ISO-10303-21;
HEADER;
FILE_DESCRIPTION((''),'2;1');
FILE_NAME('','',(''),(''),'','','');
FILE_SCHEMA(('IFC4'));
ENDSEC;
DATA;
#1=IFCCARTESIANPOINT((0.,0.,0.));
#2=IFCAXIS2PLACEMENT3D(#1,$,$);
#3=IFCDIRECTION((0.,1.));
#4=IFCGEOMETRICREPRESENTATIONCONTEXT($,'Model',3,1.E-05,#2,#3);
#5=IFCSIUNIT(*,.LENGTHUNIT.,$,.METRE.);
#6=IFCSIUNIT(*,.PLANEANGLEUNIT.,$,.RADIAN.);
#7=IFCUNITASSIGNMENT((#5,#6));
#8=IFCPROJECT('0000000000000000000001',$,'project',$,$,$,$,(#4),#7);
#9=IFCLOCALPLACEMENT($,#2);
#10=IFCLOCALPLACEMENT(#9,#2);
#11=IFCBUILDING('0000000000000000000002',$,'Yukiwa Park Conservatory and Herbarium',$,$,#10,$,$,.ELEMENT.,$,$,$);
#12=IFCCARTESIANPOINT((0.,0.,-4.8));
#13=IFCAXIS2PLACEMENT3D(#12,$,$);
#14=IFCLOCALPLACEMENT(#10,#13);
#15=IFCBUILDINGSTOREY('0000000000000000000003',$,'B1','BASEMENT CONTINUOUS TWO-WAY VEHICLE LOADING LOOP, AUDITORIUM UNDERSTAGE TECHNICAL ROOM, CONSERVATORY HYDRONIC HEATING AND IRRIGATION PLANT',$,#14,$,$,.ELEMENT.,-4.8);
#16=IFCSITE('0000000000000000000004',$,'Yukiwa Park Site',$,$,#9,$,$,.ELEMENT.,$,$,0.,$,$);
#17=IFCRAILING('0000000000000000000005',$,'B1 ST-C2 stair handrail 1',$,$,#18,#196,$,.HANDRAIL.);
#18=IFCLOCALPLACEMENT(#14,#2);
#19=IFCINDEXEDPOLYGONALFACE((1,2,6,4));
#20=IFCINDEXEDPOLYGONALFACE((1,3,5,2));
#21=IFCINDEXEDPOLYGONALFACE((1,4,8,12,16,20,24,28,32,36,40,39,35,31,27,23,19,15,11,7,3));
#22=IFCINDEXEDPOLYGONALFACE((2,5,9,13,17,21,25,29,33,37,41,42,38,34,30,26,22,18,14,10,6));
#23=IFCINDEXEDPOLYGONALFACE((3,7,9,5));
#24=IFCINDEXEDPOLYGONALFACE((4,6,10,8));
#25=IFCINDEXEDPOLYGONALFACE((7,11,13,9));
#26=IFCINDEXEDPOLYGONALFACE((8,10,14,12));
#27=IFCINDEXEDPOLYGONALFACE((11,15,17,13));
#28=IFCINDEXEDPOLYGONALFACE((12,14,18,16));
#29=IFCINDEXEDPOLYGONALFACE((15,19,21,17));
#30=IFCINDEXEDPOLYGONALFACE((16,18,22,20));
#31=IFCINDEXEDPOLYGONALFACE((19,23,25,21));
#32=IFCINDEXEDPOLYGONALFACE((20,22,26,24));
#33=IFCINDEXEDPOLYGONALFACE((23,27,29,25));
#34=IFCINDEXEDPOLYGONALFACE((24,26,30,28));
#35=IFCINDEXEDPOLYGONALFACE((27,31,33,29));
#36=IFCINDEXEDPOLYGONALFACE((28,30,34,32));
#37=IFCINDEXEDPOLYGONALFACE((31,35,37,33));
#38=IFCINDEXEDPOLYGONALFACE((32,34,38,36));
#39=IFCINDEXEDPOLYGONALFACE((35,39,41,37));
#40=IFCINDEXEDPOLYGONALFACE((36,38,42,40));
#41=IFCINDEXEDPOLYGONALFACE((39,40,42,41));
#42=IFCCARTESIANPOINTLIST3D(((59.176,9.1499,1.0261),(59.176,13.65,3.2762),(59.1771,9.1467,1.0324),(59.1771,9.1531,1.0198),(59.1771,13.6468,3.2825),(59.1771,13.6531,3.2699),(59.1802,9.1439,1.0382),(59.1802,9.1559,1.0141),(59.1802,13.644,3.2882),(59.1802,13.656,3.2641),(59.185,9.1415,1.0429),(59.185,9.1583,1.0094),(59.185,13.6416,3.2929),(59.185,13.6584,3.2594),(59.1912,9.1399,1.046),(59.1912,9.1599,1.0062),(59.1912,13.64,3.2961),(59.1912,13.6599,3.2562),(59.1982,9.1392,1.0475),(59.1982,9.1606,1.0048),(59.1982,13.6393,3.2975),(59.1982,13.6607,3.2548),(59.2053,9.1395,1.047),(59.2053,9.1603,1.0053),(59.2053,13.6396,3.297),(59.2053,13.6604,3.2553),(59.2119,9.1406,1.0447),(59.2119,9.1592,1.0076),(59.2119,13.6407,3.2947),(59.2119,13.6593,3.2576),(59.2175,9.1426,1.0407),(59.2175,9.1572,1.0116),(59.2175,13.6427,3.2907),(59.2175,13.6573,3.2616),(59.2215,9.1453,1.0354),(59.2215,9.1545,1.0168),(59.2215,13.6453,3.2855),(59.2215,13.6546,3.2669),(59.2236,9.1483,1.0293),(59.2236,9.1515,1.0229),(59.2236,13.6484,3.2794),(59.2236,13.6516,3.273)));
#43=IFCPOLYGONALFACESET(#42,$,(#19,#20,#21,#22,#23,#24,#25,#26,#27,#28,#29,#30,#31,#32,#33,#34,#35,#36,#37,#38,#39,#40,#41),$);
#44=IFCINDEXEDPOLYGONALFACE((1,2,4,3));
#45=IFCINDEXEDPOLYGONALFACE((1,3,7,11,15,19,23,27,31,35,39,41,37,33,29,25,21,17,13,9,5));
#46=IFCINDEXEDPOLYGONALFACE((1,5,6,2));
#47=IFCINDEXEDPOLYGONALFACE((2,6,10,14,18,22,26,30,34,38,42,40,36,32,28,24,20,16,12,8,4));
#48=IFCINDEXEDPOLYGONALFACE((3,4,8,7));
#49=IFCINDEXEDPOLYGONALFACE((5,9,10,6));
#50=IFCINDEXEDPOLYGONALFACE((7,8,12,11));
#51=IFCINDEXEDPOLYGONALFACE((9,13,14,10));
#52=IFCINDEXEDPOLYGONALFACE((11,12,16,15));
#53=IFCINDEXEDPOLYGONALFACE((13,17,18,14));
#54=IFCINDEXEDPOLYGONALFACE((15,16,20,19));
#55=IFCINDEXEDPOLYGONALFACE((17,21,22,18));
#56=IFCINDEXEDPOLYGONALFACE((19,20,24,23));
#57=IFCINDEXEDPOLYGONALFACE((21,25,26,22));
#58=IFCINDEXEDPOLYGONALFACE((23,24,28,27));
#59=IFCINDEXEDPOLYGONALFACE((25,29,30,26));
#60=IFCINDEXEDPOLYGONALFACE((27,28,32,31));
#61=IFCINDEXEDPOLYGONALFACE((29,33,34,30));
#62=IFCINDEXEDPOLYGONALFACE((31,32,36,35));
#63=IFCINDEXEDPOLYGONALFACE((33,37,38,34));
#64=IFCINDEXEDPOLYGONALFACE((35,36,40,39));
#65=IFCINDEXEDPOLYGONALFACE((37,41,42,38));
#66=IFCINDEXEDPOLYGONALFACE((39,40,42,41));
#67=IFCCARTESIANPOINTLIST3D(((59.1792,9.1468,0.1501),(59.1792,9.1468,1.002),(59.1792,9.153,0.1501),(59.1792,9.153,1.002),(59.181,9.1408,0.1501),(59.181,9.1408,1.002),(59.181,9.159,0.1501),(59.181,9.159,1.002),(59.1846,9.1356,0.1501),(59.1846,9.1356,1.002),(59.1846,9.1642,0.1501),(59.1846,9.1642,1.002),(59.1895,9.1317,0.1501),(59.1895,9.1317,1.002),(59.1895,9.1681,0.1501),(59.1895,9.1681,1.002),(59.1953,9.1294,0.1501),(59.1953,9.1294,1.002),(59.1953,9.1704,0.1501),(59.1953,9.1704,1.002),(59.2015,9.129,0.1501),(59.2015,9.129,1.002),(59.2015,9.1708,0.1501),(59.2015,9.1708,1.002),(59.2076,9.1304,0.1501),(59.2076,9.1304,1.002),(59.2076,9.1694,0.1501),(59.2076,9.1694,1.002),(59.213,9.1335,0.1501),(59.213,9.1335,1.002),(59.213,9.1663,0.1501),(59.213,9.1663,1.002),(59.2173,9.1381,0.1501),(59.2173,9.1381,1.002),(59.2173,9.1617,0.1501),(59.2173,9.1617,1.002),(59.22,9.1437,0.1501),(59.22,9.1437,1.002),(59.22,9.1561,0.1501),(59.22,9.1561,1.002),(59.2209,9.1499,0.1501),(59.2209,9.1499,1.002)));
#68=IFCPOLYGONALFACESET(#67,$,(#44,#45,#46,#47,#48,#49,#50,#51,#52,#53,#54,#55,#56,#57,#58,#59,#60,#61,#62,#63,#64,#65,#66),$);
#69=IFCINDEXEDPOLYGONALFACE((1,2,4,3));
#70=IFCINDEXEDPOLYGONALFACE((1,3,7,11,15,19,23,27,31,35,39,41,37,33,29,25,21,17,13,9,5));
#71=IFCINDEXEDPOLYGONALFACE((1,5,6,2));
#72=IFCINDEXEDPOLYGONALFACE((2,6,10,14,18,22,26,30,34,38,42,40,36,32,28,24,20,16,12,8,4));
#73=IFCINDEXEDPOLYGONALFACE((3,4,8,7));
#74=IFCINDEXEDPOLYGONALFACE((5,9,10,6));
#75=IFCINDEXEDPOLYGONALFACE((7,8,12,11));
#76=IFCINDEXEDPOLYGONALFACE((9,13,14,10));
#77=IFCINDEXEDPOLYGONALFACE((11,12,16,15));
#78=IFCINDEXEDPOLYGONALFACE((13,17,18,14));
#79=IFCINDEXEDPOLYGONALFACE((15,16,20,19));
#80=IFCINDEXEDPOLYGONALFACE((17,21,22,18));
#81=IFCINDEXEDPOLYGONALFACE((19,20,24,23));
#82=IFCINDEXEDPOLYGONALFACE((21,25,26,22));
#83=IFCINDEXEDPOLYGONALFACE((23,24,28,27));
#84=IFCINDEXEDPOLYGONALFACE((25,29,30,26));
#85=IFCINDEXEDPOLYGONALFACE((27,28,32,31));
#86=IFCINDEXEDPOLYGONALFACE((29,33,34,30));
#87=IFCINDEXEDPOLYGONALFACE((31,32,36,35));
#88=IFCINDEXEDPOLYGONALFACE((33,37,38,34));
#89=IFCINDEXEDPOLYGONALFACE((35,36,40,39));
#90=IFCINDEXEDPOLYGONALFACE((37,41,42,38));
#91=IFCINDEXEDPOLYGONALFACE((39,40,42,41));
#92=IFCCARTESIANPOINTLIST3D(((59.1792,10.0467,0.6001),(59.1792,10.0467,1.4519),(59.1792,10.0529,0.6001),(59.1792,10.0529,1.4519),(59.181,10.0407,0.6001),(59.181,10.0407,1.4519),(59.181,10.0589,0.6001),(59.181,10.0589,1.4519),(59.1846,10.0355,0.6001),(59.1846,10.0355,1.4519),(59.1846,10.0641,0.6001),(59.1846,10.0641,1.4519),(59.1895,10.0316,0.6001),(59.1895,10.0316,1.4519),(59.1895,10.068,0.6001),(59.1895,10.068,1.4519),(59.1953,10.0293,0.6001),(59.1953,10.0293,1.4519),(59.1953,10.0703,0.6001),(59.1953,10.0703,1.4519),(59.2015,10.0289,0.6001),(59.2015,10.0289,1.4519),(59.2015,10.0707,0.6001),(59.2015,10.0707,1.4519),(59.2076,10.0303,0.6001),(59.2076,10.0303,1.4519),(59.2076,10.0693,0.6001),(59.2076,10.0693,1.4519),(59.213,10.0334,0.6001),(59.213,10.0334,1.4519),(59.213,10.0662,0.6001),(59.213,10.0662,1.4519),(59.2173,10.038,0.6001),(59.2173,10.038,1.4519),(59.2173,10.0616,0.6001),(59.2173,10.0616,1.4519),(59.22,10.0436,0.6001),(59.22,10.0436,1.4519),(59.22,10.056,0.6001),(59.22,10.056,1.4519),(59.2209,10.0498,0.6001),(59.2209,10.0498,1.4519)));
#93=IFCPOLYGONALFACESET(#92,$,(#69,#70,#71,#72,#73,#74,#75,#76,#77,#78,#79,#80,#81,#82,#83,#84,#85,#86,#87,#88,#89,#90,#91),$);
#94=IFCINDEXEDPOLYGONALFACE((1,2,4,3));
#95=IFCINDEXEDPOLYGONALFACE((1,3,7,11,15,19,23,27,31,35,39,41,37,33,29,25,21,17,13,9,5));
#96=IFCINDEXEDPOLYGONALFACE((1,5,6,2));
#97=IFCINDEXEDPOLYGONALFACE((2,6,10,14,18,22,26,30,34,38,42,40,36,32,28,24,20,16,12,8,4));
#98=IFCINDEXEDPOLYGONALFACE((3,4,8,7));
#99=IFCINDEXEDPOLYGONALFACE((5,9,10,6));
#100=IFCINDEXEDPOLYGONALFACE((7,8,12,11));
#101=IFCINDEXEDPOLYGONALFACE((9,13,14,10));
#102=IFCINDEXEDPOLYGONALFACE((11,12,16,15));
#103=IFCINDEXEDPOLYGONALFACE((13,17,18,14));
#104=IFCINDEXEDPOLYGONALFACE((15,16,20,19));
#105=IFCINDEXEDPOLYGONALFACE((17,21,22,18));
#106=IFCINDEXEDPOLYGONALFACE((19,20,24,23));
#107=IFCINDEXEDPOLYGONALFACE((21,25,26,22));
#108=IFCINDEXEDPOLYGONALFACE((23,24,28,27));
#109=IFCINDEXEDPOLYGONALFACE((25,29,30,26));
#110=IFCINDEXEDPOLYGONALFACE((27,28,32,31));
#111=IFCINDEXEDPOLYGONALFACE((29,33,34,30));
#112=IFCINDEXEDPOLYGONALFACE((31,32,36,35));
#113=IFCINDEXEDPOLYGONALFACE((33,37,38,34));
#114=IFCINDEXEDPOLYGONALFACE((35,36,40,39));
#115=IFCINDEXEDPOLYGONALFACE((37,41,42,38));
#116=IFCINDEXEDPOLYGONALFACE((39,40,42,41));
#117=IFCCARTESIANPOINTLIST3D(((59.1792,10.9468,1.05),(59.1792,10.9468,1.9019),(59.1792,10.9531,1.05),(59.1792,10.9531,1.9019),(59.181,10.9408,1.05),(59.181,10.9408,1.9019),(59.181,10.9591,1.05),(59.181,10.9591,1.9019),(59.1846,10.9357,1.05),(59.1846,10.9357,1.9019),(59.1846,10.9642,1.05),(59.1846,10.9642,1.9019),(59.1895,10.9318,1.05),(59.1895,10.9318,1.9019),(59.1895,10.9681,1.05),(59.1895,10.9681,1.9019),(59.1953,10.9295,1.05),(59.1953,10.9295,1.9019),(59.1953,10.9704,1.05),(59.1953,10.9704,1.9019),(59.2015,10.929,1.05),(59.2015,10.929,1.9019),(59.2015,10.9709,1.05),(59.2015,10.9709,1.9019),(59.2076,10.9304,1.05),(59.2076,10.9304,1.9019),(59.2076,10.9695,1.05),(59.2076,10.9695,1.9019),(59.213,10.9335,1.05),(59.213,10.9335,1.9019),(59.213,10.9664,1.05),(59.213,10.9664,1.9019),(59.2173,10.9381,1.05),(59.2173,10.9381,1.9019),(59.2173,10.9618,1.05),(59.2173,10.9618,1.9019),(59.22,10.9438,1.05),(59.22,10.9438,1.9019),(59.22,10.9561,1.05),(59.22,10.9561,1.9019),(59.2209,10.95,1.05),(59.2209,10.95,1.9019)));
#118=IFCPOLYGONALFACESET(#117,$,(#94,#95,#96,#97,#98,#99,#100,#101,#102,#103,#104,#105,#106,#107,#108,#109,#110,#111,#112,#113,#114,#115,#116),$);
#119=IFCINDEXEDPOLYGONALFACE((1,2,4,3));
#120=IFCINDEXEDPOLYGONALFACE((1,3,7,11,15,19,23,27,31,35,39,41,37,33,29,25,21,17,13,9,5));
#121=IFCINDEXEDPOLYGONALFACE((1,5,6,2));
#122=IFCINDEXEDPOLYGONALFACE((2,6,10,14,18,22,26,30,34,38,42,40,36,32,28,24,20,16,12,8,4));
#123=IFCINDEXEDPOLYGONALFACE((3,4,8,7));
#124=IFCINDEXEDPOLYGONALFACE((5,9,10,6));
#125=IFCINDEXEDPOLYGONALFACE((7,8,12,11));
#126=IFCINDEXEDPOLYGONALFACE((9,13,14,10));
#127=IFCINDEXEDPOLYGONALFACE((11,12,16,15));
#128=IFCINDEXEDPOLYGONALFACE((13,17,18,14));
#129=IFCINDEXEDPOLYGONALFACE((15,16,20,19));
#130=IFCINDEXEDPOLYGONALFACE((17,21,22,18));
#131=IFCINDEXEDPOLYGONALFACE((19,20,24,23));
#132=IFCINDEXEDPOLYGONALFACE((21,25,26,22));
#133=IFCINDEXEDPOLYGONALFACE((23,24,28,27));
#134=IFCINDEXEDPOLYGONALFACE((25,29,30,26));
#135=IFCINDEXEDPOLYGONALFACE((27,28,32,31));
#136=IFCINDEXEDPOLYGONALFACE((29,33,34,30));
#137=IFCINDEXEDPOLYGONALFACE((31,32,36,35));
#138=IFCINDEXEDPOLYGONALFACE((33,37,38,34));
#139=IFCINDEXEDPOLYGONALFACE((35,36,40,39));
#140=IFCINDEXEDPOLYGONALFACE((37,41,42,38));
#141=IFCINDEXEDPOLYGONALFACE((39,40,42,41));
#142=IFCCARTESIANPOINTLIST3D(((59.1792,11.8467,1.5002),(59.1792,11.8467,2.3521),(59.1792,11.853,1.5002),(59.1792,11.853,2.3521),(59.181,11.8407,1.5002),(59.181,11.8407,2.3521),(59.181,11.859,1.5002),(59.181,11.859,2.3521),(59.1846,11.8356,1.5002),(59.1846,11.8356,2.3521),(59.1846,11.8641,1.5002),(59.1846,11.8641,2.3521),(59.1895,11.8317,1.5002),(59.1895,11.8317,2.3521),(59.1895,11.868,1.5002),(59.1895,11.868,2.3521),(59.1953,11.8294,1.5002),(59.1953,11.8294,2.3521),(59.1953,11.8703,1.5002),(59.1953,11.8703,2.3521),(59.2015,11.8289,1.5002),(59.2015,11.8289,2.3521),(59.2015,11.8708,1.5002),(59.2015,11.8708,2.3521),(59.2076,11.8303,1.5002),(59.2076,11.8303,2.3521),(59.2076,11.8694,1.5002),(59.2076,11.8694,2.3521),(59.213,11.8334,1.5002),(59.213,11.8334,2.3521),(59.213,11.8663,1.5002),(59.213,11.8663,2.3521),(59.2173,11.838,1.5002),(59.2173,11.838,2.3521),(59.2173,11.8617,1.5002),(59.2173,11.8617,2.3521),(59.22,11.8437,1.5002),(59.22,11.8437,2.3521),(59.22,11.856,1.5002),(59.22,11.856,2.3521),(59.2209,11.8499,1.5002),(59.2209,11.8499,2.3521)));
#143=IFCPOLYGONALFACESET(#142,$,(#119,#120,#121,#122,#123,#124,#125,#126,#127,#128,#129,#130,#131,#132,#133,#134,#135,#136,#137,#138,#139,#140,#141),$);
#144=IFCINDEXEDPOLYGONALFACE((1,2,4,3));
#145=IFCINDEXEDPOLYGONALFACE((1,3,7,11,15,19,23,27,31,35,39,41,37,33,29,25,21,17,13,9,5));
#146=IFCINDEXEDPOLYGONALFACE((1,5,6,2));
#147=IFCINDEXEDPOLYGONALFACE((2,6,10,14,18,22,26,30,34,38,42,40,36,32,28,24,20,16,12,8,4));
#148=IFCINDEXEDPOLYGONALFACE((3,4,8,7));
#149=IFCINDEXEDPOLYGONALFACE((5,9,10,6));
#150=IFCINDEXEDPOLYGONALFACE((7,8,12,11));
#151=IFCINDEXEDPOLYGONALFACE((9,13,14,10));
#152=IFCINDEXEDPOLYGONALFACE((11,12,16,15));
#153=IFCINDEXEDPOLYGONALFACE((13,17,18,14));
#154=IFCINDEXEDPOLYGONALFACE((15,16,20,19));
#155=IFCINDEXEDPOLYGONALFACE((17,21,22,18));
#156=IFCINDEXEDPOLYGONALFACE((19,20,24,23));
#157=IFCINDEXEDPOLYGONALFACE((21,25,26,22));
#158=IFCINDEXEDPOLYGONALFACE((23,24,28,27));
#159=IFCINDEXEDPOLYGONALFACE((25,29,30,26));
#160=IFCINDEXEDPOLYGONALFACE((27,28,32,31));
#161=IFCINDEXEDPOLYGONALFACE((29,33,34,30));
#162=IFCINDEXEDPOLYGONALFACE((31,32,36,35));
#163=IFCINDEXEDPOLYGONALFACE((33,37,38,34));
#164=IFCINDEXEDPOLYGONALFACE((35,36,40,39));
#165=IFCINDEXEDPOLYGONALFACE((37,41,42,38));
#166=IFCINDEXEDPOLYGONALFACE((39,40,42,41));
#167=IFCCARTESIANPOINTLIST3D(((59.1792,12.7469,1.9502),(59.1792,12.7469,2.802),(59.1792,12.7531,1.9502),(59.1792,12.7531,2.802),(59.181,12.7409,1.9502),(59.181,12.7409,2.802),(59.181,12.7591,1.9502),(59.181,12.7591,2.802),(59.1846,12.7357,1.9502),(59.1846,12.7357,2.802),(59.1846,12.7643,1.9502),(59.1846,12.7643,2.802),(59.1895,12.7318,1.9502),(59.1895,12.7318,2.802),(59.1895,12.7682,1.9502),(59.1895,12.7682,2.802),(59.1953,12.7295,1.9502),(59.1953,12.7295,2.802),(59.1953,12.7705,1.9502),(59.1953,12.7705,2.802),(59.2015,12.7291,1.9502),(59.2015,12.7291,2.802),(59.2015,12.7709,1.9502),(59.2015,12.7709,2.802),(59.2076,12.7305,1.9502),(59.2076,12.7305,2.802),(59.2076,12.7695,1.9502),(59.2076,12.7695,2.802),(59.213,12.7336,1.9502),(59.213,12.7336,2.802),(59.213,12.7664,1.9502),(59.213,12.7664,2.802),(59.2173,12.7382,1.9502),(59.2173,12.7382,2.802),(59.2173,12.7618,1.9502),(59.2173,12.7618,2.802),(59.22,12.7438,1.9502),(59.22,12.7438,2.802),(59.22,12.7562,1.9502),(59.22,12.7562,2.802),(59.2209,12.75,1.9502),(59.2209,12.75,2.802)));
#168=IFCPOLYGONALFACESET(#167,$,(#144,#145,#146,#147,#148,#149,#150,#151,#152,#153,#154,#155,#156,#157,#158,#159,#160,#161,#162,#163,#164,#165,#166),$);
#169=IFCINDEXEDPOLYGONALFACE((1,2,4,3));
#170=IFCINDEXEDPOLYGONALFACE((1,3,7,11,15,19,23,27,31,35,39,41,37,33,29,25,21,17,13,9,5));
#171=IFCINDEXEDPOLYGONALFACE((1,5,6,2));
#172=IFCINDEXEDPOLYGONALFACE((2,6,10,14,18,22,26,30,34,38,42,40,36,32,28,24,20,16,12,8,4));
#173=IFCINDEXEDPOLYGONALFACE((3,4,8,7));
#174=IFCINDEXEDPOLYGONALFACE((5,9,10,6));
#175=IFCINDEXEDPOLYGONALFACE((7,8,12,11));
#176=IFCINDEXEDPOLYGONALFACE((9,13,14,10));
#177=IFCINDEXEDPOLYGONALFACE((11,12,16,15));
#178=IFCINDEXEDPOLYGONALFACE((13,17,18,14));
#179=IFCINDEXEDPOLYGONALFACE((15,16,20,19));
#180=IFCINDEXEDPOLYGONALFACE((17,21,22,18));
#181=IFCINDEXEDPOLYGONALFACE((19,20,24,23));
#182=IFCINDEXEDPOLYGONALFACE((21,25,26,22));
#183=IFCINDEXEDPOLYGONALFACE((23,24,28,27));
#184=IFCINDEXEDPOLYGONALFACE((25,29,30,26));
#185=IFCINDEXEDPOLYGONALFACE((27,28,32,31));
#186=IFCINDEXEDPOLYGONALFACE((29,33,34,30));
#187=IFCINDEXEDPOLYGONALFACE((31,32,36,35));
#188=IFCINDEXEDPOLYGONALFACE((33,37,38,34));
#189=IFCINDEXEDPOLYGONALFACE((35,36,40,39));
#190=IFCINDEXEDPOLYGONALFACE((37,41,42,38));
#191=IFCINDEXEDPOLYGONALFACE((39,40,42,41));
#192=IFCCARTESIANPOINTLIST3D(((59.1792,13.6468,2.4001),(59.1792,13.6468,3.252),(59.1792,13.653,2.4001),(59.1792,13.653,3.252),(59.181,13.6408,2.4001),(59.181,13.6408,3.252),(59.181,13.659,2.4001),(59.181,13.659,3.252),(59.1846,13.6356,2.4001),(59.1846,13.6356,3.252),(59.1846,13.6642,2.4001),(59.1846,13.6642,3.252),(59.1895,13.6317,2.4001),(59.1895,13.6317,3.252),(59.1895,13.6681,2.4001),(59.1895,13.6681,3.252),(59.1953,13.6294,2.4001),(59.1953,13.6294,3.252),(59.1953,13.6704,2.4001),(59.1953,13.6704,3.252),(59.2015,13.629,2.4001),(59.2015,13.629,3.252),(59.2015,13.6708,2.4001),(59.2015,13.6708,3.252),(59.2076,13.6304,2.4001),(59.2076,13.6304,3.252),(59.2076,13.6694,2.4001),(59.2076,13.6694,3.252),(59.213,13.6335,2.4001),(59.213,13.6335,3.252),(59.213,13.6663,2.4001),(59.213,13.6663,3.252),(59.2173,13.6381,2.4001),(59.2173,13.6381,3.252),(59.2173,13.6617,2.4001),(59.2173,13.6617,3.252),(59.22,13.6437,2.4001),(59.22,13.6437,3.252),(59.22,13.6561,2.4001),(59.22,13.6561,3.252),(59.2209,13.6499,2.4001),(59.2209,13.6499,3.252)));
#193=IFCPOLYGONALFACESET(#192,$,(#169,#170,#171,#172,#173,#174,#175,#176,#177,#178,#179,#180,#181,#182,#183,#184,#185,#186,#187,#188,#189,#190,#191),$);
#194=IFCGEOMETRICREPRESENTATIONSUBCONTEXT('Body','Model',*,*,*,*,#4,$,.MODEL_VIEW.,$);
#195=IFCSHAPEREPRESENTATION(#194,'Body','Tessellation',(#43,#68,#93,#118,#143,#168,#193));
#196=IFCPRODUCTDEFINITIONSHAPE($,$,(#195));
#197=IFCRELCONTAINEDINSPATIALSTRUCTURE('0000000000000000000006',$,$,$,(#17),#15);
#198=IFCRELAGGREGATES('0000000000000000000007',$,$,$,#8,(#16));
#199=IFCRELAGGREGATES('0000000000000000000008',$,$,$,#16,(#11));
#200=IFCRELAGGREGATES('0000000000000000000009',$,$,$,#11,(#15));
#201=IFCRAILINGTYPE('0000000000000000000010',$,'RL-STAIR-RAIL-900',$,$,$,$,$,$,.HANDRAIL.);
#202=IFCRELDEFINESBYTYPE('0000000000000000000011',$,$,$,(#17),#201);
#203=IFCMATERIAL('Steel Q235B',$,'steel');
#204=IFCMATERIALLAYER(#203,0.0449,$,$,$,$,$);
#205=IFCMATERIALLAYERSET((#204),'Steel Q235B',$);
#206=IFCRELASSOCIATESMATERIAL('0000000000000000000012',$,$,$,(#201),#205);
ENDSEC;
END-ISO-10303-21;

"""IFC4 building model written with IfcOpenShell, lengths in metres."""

from ifc_helpers import new_model, si_unit, direction, frame, origin, origin_2d, place, context, subcontext, project, spatial, circle, extrude, material, layer, layer_set, type_object, element, save


model = new_model("IFC4")

# Units and contexts
model_context = context("Model", 3, precision=1e-05, world=origin(), true_north=direction((0.0, 1.0)))
body_context = subcontext(model_context, "Body", "Model", "MODEL_VIEW")
ifc_project = project(units=[si_unit("LENGTHUNIT", "METRE"), si_unit("PLANEANGLEUNIT", "RADIAN")], contexts=[model_context])

# Site, building, storey
site_placement = place(None, origin())
site = spatial("IfcSite", under=ifc_project, at=site_placement, Name="Yukiwa Park Site", CompositionType="ELEMENT", RefElevation=0.0)
building_placement = place(site_placement, origin())
building = spatial("IfcBuilding", under=site, at=building_placement, Name="Yukiwa Park Conservatory and Herbarium", CompositionType="ELEMENT")
storey_placement = place(building_placement, frame((0.0, 0.0, -4.8)))
storey = spatial("IfcBuildingStorey", under=building, at=storey_placement, Name="B1", Description="BASEMENT CONTINUOUS TWO-WAY VEHICLE LOADING LOOP, AUDITORIUM UNDERSTAGE TECHNICAL ROOM, CONSERVATORY HYDRONIC HEATING AND IRRIGATION PLANT", CompositionType="ELEMENT", Elevation=-4.8)

# Railing
ifc_material_1 = material(Name="Steel Q235B", Category="steel")
ifc_layer_1 = layer(ifc_material_1, 0.0449)
ifc_layer_set_1 = layer_set([ifc_layer_1], Name="Steel Q235B")
railing_type = type_object("IfcRailingType", Name="RL-STAIR-RAIL-900", PredefinedType="HANDRAIL", material=ifc_layer_set_1)
railing_placement = place(storey_placement, frame((59.2, 9.1499, 0.1501)))
element("IfcRailing", 1, at=railing_placement, inside=storey, type_object=railing_type, Name="B1 ST-C2 stair handrail 1", PredefinedType="HANDRAIL", context=body_context, shape_type="SweptSolid", body=[
    extrude(circle(Radius=0.0239, at=origin_2d()), frame((0.0, 0.0, 0.876), z_axis=(0.0, 0.894427, 0.447214), x_axis=(-1.0, 0.0, 0.0)), (0.0, 0.0, 1.0), 5.0312),
    extrude(circle(Radius=0.021, at=origin_2d()), origin(), (0.0, 0.0, 1.0), 0.8518),
    extrude(circle(Radius=0.021, at=origin_2d()), frame((0.0, 0.8999, 0.45)), (0.0, 0.0, 1.0), 0.8518),
    extrude(circle(Radius=0.021, at=origin_2d()), frame((0.0, 1.8, 0.8999)), (0.0, 0.0, 1.0), 0.8518),
    extrude(circle(Radius=0.021, at=origin_2d()), frame((0.0, 2.7, 1.3501)), (0.0, 0.0, 1.0), 0.8518),
    extrude(circle(Radius=0.021, at=origin_2d()), frame((0.0, 3.6001, 1.8)), (0.0, 0.0, 1.0), 0.8518),
    extrude(circle(Radius=0.021, at=origin_2d()), frame((0.0, 4.5, 2.25)), (0.0, 0.0, 1.0), 0.8518),
])

save(model, "model.ifc")
